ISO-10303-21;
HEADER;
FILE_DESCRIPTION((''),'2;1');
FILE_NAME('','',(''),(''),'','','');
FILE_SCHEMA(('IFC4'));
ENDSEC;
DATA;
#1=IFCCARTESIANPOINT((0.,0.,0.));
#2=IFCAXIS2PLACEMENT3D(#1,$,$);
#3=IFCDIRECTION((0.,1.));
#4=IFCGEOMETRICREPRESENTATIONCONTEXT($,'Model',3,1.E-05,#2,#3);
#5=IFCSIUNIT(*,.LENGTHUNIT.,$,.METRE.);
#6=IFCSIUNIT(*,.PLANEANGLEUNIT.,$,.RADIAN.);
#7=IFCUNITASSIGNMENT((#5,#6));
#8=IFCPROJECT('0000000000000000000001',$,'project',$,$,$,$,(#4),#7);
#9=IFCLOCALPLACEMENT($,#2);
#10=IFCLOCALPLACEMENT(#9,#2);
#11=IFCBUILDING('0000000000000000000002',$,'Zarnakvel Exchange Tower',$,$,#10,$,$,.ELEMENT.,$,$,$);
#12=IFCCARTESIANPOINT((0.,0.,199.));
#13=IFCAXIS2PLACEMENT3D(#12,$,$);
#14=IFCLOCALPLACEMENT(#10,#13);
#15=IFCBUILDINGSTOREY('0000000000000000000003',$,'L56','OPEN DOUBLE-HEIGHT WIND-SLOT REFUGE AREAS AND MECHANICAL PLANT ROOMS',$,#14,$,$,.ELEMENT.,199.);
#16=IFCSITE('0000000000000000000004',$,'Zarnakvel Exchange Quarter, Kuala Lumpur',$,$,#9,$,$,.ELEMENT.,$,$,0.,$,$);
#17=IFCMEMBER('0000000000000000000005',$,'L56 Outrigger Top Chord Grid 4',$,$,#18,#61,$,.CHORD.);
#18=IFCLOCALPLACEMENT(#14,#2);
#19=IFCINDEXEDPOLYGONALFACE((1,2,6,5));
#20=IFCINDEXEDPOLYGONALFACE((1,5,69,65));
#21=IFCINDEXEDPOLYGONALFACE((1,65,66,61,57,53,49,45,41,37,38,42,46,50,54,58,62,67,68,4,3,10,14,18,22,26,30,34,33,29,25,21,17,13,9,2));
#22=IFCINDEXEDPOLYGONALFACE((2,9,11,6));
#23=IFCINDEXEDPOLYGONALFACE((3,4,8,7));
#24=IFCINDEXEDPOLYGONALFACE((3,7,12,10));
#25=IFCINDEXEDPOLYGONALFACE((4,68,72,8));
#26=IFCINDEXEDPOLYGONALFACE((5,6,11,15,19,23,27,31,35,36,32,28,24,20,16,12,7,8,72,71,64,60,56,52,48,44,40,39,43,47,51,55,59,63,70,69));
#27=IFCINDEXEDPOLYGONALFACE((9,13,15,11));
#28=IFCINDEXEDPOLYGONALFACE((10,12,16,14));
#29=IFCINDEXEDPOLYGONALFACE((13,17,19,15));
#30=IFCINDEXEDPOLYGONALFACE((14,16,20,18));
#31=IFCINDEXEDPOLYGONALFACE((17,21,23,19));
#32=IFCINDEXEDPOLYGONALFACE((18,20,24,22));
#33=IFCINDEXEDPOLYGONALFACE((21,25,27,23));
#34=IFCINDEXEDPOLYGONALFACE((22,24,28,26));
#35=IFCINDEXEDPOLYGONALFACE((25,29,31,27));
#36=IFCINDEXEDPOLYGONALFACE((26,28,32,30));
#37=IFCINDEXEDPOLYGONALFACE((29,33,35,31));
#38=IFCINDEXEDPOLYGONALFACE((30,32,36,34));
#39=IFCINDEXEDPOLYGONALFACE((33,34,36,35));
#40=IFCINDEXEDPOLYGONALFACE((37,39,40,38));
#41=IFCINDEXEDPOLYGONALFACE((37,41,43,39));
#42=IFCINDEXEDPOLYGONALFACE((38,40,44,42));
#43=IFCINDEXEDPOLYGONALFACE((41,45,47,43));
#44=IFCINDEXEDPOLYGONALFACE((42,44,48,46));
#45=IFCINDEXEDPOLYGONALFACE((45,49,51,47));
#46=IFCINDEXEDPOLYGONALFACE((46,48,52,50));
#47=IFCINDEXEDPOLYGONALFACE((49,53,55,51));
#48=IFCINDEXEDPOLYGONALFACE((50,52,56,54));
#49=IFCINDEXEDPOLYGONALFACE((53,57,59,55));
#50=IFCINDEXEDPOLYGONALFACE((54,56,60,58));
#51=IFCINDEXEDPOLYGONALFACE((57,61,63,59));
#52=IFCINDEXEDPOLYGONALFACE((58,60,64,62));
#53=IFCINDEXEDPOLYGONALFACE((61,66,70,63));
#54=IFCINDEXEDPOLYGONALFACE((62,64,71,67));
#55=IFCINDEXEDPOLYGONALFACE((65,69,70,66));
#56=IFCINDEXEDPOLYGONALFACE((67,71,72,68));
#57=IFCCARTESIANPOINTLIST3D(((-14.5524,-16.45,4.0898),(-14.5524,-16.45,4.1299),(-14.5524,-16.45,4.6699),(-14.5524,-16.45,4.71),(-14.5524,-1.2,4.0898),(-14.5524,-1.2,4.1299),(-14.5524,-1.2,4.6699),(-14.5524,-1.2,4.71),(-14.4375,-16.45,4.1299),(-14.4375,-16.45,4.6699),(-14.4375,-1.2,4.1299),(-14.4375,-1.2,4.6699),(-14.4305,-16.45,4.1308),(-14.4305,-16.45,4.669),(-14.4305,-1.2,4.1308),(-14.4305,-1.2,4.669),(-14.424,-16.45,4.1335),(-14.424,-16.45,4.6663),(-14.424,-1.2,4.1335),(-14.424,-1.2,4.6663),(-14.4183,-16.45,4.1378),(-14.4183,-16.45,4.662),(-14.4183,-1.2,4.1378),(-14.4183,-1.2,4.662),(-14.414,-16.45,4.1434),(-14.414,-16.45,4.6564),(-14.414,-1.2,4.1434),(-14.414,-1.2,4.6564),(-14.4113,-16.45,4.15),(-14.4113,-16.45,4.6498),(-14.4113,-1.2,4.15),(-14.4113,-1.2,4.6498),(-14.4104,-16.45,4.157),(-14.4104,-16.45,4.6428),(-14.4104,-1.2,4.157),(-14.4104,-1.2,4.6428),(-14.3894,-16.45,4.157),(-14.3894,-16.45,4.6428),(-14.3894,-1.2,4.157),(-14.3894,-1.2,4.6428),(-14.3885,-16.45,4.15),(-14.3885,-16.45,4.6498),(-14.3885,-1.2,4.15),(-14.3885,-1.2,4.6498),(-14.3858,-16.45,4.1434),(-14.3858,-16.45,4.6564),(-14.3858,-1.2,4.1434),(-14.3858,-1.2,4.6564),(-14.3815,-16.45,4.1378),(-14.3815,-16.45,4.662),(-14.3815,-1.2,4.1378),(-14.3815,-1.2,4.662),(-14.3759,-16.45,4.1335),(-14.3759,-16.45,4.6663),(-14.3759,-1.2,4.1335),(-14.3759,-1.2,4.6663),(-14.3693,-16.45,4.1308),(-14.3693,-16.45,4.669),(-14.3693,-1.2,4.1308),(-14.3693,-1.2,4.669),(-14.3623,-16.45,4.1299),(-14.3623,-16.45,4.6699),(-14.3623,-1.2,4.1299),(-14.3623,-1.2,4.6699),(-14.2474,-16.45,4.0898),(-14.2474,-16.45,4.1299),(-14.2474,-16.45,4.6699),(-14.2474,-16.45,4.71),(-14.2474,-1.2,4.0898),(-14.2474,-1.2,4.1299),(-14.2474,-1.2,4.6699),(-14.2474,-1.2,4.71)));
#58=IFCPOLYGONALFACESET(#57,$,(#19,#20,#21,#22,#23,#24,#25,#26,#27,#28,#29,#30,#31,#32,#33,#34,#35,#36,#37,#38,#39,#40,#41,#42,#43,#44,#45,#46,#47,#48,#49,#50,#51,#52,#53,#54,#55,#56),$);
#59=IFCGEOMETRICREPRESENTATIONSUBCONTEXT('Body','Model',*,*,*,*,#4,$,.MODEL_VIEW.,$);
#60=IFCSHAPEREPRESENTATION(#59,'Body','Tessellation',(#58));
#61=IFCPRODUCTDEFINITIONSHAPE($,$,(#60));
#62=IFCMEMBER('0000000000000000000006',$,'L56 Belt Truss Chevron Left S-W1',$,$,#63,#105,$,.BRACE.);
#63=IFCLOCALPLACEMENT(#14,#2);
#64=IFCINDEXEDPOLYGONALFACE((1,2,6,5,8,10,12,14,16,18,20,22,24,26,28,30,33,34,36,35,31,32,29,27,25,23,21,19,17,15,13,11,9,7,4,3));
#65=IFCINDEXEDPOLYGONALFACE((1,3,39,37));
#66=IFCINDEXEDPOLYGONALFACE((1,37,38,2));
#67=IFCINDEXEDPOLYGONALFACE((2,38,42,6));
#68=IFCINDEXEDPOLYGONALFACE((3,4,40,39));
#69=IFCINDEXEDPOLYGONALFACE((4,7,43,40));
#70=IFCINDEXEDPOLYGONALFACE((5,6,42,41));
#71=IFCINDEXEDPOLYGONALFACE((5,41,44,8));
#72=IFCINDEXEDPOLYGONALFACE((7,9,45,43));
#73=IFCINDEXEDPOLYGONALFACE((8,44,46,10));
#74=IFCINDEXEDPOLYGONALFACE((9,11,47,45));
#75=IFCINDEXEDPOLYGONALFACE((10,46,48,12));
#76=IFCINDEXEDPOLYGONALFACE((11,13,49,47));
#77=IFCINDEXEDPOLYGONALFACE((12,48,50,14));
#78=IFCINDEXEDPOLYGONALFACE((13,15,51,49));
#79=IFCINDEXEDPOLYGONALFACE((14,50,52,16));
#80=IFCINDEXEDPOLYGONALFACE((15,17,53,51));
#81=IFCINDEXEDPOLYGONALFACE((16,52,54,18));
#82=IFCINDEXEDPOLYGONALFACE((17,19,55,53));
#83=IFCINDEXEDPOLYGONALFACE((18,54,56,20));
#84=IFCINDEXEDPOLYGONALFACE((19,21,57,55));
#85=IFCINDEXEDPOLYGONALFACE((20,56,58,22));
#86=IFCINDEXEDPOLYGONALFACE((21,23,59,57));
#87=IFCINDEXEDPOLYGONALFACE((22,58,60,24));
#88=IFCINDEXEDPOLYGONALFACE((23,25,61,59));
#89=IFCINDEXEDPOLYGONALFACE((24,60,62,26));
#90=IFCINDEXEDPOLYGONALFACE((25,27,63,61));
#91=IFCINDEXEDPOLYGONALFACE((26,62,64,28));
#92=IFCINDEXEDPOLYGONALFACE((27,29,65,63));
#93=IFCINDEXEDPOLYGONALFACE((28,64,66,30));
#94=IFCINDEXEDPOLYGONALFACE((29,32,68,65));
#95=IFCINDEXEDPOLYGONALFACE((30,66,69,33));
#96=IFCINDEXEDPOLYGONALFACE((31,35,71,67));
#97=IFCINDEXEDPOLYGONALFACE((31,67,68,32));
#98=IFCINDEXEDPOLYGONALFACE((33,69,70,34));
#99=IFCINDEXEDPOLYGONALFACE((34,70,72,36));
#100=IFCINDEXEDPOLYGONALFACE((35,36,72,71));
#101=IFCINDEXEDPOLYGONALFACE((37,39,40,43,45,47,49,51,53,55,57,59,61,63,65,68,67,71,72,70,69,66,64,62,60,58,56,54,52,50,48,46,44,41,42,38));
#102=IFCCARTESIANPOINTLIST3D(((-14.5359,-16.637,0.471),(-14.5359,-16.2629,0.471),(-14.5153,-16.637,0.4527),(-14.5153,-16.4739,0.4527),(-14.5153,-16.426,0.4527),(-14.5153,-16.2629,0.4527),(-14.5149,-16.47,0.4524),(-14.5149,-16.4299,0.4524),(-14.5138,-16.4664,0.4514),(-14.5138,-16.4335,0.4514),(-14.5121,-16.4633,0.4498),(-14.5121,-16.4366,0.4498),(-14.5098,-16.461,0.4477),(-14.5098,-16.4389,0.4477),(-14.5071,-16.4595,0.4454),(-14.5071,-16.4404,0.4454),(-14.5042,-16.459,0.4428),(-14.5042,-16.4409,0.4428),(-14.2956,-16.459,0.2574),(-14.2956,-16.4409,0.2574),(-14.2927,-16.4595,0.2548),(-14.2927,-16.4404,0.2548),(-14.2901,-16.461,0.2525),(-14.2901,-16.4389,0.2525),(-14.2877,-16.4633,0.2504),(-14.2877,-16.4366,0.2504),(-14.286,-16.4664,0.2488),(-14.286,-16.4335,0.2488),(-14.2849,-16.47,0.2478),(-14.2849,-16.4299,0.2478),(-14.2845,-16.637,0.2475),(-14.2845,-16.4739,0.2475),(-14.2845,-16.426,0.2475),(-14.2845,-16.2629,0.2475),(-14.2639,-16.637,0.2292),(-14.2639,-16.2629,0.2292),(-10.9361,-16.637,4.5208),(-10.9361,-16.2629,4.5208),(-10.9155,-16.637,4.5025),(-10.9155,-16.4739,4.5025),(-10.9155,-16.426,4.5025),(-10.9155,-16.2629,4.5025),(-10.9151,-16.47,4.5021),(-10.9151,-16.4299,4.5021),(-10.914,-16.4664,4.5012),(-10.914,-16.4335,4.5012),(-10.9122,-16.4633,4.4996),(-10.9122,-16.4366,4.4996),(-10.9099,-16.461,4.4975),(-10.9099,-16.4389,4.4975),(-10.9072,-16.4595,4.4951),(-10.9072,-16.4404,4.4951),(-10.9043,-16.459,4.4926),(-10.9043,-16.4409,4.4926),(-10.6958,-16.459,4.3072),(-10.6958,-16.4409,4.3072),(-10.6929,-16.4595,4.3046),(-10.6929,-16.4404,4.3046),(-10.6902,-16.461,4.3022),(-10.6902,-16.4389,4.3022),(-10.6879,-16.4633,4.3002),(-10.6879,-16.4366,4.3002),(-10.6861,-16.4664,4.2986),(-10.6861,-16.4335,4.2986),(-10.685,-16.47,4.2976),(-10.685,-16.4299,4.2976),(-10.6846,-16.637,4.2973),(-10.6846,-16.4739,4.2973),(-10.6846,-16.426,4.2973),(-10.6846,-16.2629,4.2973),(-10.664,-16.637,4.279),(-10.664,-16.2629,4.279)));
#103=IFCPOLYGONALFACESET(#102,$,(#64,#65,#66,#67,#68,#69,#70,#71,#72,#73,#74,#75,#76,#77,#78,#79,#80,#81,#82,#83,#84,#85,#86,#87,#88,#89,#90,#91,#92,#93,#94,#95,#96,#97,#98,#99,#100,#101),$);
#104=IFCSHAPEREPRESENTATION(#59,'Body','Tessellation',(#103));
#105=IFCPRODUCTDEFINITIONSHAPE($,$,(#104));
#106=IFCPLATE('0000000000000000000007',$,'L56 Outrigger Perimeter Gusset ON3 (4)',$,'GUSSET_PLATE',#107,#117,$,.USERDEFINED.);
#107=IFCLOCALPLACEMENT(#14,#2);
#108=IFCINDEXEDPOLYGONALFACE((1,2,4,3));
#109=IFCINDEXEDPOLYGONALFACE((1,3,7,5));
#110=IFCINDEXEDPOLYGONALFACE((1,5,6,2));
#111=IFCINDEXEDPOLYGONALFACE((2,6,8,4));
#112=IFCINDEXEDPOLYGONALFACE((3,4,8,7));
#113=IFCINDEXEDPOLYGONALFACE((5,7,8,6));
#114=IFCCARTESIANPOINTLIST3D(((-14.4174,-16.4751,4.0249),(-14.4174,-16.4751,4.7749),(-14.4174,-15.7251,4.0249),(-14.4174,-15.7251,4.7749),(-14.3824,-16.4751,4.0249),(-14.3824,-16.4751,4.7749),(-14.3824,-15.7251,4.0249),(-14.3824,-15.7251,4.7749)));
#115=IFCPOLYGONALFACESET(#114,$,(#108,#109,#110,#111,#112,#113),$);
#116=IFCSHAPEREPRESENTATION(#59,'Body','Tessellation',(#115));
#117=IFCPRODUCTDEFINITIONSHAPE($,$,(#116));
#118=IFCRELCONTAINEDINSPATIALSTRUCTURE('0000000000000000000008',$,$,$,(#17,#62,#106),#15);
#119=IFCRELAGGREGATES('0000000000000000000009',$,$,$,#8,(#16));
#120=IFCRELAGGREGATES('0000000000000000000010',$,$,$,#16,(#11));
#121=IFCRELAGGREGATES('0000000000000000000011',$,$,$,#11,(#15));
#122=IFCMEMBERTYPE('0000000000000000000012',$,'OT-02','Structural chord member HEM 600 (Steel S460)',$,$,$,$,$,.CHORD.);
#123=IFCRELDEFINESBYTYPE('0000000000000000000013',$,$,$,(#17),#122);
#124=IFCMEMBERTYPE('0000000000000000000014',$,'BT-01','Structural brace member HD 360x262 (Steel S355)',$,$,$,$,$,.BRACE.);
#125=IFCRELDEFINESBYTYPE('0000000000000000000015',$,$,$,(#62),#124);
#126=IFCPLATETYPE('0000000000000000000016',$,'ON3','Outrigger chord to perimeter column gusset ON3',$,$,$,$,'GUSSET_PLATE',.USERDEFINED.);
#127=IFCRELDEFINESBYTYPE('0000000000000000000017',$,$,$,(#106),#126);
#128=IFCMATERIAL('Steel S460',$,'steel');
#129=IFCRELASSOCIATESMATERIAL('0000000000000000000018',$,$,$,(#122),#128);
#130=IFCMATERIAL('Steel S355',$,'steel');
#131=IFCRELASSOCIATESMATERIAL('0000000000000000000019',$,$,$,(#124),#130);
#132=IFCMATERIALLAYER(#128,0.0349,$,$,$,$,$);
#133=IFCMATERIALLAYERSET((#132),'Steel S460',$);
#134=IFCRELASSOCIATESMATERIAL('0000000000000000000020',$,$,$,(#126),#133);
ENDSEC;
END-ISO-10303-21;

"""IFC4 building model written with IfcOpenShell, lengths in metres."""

from ifc_helpers import new_model, si_unit, direction, frame, origin, origin_2d, place, context, subcontext, project, spatial, rectangle, i_section, extrude, source, transform, mapped, material, layer, layer_set, material_profile, profile_set, type_object, element, save


model = new_model("IFC4")

# Units and contexts
model_context = context("Model", 3, precision=1e-05, world=origin(), true_north=direction((0.0, 1.0)))
body_context = subcontext(model_context, "Body", "Model", "MODEL_VIEW")
ifc_project = project(units=[si_unit("LENGTHUNIT", "METRE"), si_unit("PLANEANGLEUNIT", "RADIAN")], contexts=[model_context])

# Site, building, storey
site_placement = place(None, origin())
site = spatial("IfcSite", under=ifc_project, at=site_placement, Name="Zarnakvel Exchange Quarter, Kuala Lumpur", CompositionType="ELEMENT", RefElevation=0.0)
building_placement = place(site_placement, origin())
building = spatial("IfcBuilding", under=site, at=building_placement, Name="Zarnakvel Exchange Tower", CompositionType="ELEMENT")
storey_placement = place(building_placement, frame((0.0, 0.0, 199.0)))
storey = spatial("IfcBuildingStorey", under=building, at=storey_placement, Name="L56", Description="OPEN DOUBLE-HEIGHT WIND-SLOT REFUGE AREAS AND MECHANICAL PLANT ROOMS", CompositionType="ELEMENT", Elevation=199.0)

# Shared definitions
ifc_material_1 = material(Name="Steel S355", Category="steel")

# Shared definitions
ifc_material_2 = material(Name="Steel S460", Category="steel")

# Members
ifc_material_profile_1 = material_profile(ifc_material_2, i_section(OverallWidth=0.3049, OverallDepth=0.6201, WebThickness=0.021, FlangeThickness=0.04, FilletRadius=0.0271, at=origin_2d()))
ifc_profile_set_1 = profile_set([ifc_material_profile_1], Name="Steel S460")
member_type_1 = type_object("IfcMemberType", Name="OT-02", Description="Structural chord member HEM 600 (Steel S460)", PredefinedType="CHORD", material=ifc_profile_set_1)
shared_shape_1 = source(origin(), body_context, "Body", "SweptSolid", [
    extrude(i_section(OverallWidth=0.3049, OverallDepth=0.6201, WebThickness=0.021, FlangeThickness=0.04, FilletRadius=0.0271, at=origin_2d()), origin(), (0.0, 0.0, 1.0), 15.25),
])
for number, where, z_axis, x_axis, name in (
    (1, (-14.3999, -16.45, 4.3999), (0.0, 1.0, 0.0), (-1.0, 0.0, 0.0), "L56 Outrigger Top Chord Grid 4"),
):
    element("IfcMember", number, at=place(storey_placement, frame(where, z_axis=z_axis, x_axis=x_axis)), inside=storey, type_object=member_type_1, Name=name, PredefinedType="CHORD", context=body_context, shape_type="MappedRepresentation", body=[
        mapped(shared_shape_1, transform((0.0, 0.0, 0.0), x_axis=(1.0, 0.0, 0.0), y_axis=(0.0, 1.0, 0.0), z_axis=(0.0, 0.0, 1.0), scale=1.0)),
    ])
ifc_material_profile_2 = material_profile(ifc_material_1, i_section(OverallWidth=0.374, OverallDepth=0.364, WebThickness=0.0181, FlangeThickness=0.0276, FilletRadius=0.0149, at=origin_2d()))
ifc_profile_set_2 = profile_set([ifc_material_profile_2], Name="Steel S355")
member_type_2 = type_object("IfcMemberType", Name="BT-01", Description="Structural brace member HD 360x262 (Steel S355)", PredefinedType="BRACE", material=ifc_profile_set_2)
shared_shape_2 = source(origin(), body_context, "Body", "SweptSolid", [
    extrude(i_section(OverallWidth=0.374, OverallDepth=0.364, WebThickness=0.0181, FlangeThickness=0.0276, FilletRadius=0.0149, at=origin_2d()), origin(), (0.0, 0.0, 1.0), 5.4185),
])
member_placement = place(storey_placement, frame((-14.3999, -16.45, 0.3501), z_axis=(0.664367, 0.0, 0.747407), x_axis=(0.0, 1.0, 0.0)))
element("IfcMember", 2, at=member_placement, inside=storey, type_object=member_type_2, Name="L56 Belt Truss Chevron Left S-W1", PredefinedType="BRACE", context=body_context, shape_type="MappedRepresentation", body=[
    mapped(shared_shape_2, transform((0.0, 0.0, 0.0), x_axis=(1.0, 0.0, 0.0), y_axis=(0.0, 1.0, 0.0), z_axis=(0.0, 0.0, 1.0), scale=1.0)),
])

# Plate
ifc_layer = layer(ifc_material_2, 0.0349)
ifc_layer_set = layer_set([ifc_layer], Name="Steel S460")
plate_type = type_object("IfcPlateType", Name="ON3", Description="Outrigger chord to perimeter column gusset ON3", ElementType="GUSSET_PLATE", PredefinedType="USERDEFINED", material=ifc_layer_set)
shared_shape_3 = source(origin(), body_context, "Body", "SweptSolid", [
    extrude(rectangle(XDim=0.0349, YDim=0.75, at=origin_2d()), origin(), (0.0, 0.0, 1.0), 0.75),
])
plate_placement = place(storey_placement, frame((-14.3999, -16.1001, 4.0249), z_axis=(0.0, 0.0, 1.0), x_axis=(1.0, 0.0, 0.0)))
element("IfcPlate", 3, at=plate_placement, inside=storey, type_object=plate_type, Name="L56 Outrigger Perimeter Gusset ON3 (4)", ObjectType="GUSSET_PLATE", PredefinedType="USERDEFINED", context=body_context, shape_type="MappedRepresentation", body=[
    mapped(shared_shape_3, transform((0.0, 0.0, 0.0), x_axis=(1.0, 0.0, 0.0), y_axis=(0.0, 1.0, 0.0), z_axis=(0.0, 0.0, 1.0), scale=1.0)),
])

save(model, "model.ifc")
